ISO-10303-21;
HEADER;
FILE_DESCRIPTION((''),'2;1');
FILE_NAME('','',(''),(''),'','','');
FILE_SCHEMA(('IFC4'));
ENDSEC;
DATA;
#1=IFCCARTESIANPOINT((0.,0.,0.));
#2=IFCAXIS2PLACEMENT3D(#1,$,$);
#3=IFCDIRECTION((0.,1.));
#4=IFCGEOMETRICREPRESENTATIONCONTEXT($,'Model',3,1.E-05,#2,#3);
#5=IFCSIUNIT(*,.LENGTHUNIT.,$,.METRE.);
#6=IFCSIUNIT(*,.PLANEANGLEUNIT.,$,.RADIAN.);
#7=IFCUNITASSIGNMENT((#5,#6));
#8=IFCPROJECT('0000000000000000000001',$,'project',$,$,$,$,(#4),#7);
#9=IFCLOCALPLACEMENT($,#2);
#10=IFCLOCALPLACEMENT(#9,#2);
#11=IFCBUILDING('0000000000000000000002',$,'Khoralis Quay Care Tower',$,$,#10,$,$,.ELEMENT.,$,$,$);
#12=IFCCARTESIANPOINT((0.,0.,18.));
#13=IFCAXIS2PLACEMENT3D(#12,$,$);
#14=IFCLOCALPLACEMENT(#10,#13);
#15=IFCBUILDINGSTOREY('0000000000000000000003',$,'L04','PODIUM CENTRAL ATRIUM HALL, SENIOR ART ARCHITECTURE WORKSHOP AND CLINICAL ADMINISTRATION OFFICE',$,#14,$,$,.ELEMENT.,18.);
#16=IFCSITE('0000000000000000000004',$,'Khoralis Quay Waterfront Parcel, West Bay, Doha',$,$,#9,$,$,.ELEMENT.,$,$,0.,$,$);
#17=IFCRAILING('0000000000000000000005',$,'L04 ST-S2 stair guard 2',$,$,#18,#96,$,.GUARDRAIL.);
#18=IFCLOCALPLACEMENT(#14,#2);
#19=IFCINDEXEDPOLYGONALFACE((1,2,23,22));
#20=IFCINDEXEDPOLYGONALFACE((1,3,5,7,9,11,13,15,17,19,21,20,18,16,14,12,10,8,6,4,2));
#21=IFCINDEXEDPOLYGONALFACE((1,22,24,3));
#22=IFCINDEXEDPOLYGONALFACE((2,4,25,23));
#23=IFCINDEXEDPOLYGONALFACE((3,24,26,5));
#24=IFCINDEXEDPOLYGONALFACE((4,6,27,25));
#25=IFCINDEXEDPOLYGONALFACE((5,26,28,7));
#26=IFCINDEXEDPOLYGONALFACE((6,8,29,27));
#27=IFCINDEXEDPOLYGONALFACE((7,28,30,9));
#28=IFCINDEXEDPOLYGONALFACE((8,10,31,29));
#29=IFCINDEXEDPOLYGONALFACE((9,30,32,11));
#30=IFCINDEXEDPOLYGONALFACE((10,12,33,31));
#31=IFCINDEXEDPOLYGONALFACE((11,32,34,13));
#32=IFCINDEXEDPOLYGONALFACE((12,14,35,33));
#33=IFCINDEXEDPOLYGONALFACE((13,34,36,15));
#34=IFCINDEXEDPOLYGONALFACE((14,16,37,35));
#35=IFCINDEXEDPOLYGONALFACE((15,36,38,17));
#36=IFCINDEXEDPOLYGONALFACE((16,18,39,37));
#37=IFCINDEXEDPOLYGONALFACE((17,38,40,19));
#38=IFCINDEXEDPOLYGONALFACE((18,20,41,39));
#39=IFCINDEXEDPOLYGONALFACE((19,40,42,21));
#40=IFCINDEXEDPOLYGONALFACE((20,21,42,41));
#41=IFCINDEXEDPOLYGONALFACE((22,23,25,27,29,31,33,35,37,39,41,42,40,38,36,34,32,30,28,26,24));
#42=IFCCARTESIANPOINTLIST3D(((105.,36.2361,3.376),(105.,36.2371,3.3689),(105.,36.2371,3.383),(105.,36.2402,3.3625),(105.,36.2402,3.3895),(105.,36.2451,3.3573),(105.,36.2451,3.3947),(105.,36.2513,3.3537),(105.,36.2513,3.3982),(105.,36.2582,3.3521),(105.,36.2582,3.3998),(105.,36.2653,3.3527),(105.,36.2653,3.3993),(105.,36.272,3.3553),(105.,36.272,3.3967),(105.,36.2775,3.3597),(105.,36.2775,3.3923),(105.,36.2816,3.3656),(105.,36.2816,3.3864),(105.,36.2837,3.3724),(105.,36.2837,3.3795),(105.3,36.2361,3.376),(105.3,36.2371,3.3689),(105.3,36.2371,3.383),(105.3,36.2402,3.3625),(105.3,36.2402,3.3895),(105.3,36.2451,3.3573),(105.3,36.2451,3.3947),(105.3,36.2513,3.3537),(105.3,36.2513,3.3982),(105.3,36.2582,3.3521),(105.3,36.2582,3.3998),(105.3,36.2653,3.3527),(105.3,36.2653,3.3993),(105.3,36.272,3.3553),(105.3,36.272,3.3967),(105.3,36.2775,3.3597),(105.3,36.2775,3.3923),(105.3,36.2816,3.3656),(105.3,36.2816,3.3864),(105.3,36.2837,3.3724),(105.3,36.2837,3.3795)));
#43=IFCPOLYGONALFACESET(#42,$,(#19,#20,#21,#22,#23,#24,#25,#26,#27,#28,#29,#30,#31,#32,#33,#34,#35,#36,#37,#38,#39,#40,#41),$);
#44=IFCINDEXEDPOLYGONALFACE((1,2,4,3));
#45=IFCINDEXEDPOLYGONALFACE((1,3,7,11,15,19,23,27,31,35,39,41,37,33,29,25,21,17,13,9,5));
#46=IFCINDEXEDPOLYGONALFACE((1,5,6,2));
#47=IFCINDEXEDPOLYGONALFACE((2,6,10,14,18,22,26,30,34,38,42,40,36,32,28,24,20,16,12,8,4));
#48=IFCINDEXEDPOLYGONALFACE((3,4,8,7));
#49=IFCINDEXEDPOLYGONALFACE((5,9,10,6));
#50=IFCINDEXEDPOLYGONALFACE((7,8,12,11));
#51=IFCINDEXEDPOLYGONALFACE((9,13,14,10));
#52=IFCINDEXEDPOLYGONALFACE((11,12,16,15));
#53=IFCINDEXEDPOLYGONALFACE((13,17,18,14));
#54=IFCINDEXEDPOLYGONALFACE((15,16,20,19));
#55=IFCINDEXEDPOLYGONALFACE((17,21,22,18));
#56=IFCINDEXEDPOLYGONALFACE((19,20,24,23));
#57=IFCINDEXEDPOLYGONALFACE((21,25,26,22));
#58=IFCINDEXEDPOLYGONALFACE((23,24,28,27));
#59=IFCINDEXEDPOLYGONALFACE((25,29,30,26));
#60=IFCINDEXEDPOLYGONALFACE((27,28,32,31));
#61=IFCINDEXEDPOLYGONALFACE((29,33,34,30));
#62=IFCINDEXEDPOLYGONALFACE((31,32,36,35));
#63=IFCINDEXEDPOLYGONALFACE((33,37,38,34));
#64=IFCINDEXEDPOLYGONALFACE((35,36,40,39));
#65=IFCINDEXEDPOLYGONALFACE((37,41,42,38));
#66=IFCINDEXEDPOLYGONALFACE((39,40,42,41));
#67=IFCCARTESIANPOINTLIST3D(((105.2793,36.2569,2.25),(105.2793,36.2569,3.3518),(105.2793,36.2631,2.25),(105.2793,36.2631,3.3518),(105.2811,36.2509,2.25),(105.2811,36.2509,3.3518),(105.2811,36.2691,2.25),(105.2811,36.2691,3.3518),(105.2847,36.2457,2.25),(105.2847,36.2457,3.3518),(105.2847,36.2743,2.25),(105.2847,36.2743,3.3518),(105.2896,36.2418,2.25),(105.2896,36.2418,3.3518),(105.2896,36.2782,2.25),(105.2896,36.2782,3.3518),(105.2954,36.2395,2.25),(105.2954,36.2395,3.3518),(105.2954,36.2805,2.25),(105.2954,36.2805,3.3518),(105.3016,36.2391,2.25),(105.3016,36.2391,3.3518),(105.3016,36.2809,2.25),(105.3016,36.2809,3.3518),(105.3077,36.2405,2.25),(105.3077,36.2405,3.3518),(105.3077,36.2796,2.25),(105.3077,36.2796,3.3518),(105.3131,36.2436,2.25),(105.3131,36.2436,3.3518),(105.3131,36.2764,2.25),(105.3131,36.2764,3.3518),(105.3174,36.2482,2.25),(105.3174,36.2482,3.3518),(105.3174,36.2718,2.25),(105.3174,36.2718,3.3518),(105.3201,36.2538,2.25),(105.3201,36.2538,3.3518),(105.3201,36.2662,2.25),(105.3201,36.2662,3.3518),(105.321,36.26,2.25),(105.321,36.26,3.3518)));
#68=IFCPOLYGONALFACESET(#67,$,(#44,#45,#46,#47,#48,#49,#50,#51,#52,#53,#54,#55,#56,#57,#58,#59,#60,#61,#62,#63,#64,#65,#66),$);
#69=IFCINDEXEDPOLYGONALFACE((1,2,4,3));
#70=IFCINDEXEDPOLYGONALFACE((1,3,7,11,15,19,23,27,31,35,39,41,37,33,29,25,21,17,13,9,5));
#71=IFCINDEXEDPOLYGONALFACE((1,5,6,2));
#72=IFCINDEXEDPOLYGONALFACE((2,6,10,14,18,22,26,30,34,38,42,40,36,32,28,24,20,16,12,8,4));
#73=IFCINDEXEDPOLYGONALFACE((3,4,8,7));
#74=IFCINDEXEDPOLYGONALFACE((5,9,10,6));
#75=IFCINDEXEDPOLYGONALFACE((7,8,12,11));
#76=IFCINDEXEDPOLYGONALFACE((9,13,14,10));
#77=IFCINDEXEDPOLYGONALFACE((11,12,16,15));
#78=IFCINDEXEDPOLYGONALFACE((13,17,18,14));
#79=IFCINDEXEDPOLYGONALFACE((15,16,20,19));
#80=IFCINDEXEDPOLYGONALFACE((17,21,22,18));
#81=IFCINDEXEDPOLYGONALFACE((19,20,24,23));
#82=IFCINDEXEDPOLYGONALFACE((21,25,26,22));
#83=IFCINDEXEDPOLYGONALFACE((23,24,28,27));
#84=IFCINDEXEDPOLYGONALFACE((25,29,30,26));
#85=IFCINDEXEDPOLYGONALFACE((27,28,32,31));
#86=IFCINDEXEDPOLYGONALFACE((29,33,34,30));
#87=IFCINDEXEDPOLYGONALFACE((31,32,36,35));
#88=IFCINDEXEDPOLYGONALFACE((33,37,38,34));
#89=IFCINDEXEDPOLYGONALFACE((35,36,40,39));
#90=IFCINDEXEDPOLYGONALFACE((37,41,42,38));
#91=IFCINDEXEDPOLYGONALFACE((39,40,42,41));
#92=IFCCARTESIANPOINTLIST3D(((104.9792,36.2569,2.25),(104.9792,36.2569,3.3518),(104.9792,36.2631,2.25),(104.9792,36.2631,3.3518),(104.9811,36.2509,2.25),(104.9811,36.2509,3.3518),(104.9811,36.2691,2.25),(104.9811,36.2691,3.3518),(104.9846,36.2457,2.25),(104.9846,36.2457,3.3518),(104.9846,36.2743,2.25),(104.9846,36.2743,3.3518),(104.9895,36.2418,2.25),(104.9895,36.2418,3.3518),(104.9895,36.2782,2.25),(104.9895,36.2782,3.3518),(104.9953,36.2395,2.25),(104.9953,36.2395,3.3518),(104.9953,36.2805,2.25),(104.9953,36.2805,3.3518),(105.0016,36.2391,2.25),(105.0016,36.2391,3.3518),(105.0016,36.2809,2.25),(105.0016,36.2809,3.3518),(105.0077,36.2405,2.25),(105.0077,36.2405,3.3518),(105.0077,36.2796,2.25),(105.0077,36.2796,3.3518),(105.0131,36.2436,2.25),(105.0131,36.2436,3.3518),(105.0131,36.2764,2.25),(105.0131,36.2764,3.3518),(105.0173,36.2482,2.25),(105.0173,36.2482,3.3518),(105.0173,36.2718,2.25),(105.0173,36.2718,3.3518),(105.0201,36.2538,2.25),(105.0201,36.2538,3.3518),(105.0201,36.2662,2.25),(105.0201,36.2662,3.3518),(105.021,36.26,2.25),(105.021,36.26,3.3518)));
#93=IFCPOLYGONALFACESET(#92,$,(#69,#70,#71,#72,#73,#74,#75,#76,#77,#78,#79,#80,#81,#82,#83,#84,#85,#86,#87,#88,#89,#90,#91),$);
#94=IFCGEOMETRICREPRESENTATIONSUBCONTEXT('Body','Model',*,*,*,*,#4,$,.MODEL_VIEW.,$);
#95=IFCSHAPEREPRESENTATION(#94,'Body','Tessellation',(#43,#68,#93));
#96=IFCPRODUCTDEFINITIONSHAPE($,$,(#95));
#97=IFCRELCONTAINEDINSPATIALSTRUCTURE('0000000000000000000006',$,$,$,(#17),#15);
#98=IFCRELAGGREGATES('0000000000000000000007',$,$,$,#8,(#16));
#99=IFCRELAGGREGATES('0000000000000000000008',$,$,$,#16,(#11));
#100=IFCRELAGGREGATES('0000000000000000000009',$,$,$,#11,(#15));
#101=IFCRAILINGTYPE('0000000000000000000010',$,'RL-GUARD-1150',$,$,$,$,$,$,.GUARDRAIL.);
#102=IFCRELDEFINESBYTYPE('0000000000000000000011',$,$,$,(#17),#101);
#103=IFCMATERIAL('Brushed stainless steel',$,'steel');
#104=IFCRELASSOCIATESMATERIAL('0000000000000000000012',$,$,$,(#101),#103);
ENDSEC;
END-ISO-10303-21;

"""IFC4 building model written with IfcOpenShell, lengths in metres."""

from ifc_helpers import new_model, si_unit, direction, frame, origin, origin_2d, place, context, subcontext, project, spatial, circle, extrude, material, type_object, element, save


model = new_model("IFC4")

# Units and contexts
model_context = context("Model", 3, precision=1e-05, world=origin(), true_north=direction((0.0, 1.0)))
body_context = subcontext(model_context, "Body", "Model", "MODEL_VIEW")
ifc_project = project(units=[si_unit("LENGTHUNIT", "METRE"), si_unit("PLANEANGLEUNIT", "RADIAN")], contexts=[model_context])

# Site, building, storey
site_placement = place(None, origin())
site = spatial("IfcSite", under=ifc_project, at=site_placement, Name="Khoralis Quay Waterfront Parcel, West Bay, Doha", CompositionType="ELEMENT", RefElevation=0.0)
building_placement = place(site_placement, origin())
building = spatial("IfcBuilding", under=site, at=building_placement, Name="Khoralis Quay Care Tower", CompositionType="ELEMENT")
storey_placement = place(building_placement, frame((0.0, 0.0, 18.0)))
storey = spatial("IfcBuildingStorey", under=building, at=storey_placement, Name="L04", Description="PODIUM CENTRAL ATRIUM HALL, SENIOR ART ARCHITECTURE WORKSHOP AND CLINICAL ADMINISTRATION OFFICE", CompositionType="ELEMENT", Elevation=18.0)

# Railing
ifc_material_1 = material(Name="Brushed stainless steel", Category="steel")
railing_type_1 = type_object("IfcRailingType", Name="RL-GUARD-1150", PredefinedType="GUARDRAIL", material=ifc_material_1)
railing_1_placement = place(storey_placement, frame((105.3, 36.26, 2.25)))
element("IfcRailing", 1, at=railing_1_placement, inside=storey, type_object=railing_type_1, Name="L04 ST-S2 stair guard 2", PredefinedType="GUARDRAIL", context=body_context, shape_type="SweptSolid", body=[
    extrude(circle(Radius=0.0239, at=origin_2d()), frame((0.0, 0.0, 1.126), z_axis=(-1.0, 0.0, 0.0), x_axis=(0.0, -1.0, 0.0)), (0.0, 0.0, 1.0), 0.3),
    extrude(circle(Radius=0.021, at=origin_2d()), origin(), (0.0, 0.0, 1.0), 1.1018),
    extrude(circle(Radius=0.021, at=origin_2d()), frame((-0.3, 0.0, 0.0)), (0.0, 0.0, 1.0), 1.1018),
])

save(model, "model.ifc")
